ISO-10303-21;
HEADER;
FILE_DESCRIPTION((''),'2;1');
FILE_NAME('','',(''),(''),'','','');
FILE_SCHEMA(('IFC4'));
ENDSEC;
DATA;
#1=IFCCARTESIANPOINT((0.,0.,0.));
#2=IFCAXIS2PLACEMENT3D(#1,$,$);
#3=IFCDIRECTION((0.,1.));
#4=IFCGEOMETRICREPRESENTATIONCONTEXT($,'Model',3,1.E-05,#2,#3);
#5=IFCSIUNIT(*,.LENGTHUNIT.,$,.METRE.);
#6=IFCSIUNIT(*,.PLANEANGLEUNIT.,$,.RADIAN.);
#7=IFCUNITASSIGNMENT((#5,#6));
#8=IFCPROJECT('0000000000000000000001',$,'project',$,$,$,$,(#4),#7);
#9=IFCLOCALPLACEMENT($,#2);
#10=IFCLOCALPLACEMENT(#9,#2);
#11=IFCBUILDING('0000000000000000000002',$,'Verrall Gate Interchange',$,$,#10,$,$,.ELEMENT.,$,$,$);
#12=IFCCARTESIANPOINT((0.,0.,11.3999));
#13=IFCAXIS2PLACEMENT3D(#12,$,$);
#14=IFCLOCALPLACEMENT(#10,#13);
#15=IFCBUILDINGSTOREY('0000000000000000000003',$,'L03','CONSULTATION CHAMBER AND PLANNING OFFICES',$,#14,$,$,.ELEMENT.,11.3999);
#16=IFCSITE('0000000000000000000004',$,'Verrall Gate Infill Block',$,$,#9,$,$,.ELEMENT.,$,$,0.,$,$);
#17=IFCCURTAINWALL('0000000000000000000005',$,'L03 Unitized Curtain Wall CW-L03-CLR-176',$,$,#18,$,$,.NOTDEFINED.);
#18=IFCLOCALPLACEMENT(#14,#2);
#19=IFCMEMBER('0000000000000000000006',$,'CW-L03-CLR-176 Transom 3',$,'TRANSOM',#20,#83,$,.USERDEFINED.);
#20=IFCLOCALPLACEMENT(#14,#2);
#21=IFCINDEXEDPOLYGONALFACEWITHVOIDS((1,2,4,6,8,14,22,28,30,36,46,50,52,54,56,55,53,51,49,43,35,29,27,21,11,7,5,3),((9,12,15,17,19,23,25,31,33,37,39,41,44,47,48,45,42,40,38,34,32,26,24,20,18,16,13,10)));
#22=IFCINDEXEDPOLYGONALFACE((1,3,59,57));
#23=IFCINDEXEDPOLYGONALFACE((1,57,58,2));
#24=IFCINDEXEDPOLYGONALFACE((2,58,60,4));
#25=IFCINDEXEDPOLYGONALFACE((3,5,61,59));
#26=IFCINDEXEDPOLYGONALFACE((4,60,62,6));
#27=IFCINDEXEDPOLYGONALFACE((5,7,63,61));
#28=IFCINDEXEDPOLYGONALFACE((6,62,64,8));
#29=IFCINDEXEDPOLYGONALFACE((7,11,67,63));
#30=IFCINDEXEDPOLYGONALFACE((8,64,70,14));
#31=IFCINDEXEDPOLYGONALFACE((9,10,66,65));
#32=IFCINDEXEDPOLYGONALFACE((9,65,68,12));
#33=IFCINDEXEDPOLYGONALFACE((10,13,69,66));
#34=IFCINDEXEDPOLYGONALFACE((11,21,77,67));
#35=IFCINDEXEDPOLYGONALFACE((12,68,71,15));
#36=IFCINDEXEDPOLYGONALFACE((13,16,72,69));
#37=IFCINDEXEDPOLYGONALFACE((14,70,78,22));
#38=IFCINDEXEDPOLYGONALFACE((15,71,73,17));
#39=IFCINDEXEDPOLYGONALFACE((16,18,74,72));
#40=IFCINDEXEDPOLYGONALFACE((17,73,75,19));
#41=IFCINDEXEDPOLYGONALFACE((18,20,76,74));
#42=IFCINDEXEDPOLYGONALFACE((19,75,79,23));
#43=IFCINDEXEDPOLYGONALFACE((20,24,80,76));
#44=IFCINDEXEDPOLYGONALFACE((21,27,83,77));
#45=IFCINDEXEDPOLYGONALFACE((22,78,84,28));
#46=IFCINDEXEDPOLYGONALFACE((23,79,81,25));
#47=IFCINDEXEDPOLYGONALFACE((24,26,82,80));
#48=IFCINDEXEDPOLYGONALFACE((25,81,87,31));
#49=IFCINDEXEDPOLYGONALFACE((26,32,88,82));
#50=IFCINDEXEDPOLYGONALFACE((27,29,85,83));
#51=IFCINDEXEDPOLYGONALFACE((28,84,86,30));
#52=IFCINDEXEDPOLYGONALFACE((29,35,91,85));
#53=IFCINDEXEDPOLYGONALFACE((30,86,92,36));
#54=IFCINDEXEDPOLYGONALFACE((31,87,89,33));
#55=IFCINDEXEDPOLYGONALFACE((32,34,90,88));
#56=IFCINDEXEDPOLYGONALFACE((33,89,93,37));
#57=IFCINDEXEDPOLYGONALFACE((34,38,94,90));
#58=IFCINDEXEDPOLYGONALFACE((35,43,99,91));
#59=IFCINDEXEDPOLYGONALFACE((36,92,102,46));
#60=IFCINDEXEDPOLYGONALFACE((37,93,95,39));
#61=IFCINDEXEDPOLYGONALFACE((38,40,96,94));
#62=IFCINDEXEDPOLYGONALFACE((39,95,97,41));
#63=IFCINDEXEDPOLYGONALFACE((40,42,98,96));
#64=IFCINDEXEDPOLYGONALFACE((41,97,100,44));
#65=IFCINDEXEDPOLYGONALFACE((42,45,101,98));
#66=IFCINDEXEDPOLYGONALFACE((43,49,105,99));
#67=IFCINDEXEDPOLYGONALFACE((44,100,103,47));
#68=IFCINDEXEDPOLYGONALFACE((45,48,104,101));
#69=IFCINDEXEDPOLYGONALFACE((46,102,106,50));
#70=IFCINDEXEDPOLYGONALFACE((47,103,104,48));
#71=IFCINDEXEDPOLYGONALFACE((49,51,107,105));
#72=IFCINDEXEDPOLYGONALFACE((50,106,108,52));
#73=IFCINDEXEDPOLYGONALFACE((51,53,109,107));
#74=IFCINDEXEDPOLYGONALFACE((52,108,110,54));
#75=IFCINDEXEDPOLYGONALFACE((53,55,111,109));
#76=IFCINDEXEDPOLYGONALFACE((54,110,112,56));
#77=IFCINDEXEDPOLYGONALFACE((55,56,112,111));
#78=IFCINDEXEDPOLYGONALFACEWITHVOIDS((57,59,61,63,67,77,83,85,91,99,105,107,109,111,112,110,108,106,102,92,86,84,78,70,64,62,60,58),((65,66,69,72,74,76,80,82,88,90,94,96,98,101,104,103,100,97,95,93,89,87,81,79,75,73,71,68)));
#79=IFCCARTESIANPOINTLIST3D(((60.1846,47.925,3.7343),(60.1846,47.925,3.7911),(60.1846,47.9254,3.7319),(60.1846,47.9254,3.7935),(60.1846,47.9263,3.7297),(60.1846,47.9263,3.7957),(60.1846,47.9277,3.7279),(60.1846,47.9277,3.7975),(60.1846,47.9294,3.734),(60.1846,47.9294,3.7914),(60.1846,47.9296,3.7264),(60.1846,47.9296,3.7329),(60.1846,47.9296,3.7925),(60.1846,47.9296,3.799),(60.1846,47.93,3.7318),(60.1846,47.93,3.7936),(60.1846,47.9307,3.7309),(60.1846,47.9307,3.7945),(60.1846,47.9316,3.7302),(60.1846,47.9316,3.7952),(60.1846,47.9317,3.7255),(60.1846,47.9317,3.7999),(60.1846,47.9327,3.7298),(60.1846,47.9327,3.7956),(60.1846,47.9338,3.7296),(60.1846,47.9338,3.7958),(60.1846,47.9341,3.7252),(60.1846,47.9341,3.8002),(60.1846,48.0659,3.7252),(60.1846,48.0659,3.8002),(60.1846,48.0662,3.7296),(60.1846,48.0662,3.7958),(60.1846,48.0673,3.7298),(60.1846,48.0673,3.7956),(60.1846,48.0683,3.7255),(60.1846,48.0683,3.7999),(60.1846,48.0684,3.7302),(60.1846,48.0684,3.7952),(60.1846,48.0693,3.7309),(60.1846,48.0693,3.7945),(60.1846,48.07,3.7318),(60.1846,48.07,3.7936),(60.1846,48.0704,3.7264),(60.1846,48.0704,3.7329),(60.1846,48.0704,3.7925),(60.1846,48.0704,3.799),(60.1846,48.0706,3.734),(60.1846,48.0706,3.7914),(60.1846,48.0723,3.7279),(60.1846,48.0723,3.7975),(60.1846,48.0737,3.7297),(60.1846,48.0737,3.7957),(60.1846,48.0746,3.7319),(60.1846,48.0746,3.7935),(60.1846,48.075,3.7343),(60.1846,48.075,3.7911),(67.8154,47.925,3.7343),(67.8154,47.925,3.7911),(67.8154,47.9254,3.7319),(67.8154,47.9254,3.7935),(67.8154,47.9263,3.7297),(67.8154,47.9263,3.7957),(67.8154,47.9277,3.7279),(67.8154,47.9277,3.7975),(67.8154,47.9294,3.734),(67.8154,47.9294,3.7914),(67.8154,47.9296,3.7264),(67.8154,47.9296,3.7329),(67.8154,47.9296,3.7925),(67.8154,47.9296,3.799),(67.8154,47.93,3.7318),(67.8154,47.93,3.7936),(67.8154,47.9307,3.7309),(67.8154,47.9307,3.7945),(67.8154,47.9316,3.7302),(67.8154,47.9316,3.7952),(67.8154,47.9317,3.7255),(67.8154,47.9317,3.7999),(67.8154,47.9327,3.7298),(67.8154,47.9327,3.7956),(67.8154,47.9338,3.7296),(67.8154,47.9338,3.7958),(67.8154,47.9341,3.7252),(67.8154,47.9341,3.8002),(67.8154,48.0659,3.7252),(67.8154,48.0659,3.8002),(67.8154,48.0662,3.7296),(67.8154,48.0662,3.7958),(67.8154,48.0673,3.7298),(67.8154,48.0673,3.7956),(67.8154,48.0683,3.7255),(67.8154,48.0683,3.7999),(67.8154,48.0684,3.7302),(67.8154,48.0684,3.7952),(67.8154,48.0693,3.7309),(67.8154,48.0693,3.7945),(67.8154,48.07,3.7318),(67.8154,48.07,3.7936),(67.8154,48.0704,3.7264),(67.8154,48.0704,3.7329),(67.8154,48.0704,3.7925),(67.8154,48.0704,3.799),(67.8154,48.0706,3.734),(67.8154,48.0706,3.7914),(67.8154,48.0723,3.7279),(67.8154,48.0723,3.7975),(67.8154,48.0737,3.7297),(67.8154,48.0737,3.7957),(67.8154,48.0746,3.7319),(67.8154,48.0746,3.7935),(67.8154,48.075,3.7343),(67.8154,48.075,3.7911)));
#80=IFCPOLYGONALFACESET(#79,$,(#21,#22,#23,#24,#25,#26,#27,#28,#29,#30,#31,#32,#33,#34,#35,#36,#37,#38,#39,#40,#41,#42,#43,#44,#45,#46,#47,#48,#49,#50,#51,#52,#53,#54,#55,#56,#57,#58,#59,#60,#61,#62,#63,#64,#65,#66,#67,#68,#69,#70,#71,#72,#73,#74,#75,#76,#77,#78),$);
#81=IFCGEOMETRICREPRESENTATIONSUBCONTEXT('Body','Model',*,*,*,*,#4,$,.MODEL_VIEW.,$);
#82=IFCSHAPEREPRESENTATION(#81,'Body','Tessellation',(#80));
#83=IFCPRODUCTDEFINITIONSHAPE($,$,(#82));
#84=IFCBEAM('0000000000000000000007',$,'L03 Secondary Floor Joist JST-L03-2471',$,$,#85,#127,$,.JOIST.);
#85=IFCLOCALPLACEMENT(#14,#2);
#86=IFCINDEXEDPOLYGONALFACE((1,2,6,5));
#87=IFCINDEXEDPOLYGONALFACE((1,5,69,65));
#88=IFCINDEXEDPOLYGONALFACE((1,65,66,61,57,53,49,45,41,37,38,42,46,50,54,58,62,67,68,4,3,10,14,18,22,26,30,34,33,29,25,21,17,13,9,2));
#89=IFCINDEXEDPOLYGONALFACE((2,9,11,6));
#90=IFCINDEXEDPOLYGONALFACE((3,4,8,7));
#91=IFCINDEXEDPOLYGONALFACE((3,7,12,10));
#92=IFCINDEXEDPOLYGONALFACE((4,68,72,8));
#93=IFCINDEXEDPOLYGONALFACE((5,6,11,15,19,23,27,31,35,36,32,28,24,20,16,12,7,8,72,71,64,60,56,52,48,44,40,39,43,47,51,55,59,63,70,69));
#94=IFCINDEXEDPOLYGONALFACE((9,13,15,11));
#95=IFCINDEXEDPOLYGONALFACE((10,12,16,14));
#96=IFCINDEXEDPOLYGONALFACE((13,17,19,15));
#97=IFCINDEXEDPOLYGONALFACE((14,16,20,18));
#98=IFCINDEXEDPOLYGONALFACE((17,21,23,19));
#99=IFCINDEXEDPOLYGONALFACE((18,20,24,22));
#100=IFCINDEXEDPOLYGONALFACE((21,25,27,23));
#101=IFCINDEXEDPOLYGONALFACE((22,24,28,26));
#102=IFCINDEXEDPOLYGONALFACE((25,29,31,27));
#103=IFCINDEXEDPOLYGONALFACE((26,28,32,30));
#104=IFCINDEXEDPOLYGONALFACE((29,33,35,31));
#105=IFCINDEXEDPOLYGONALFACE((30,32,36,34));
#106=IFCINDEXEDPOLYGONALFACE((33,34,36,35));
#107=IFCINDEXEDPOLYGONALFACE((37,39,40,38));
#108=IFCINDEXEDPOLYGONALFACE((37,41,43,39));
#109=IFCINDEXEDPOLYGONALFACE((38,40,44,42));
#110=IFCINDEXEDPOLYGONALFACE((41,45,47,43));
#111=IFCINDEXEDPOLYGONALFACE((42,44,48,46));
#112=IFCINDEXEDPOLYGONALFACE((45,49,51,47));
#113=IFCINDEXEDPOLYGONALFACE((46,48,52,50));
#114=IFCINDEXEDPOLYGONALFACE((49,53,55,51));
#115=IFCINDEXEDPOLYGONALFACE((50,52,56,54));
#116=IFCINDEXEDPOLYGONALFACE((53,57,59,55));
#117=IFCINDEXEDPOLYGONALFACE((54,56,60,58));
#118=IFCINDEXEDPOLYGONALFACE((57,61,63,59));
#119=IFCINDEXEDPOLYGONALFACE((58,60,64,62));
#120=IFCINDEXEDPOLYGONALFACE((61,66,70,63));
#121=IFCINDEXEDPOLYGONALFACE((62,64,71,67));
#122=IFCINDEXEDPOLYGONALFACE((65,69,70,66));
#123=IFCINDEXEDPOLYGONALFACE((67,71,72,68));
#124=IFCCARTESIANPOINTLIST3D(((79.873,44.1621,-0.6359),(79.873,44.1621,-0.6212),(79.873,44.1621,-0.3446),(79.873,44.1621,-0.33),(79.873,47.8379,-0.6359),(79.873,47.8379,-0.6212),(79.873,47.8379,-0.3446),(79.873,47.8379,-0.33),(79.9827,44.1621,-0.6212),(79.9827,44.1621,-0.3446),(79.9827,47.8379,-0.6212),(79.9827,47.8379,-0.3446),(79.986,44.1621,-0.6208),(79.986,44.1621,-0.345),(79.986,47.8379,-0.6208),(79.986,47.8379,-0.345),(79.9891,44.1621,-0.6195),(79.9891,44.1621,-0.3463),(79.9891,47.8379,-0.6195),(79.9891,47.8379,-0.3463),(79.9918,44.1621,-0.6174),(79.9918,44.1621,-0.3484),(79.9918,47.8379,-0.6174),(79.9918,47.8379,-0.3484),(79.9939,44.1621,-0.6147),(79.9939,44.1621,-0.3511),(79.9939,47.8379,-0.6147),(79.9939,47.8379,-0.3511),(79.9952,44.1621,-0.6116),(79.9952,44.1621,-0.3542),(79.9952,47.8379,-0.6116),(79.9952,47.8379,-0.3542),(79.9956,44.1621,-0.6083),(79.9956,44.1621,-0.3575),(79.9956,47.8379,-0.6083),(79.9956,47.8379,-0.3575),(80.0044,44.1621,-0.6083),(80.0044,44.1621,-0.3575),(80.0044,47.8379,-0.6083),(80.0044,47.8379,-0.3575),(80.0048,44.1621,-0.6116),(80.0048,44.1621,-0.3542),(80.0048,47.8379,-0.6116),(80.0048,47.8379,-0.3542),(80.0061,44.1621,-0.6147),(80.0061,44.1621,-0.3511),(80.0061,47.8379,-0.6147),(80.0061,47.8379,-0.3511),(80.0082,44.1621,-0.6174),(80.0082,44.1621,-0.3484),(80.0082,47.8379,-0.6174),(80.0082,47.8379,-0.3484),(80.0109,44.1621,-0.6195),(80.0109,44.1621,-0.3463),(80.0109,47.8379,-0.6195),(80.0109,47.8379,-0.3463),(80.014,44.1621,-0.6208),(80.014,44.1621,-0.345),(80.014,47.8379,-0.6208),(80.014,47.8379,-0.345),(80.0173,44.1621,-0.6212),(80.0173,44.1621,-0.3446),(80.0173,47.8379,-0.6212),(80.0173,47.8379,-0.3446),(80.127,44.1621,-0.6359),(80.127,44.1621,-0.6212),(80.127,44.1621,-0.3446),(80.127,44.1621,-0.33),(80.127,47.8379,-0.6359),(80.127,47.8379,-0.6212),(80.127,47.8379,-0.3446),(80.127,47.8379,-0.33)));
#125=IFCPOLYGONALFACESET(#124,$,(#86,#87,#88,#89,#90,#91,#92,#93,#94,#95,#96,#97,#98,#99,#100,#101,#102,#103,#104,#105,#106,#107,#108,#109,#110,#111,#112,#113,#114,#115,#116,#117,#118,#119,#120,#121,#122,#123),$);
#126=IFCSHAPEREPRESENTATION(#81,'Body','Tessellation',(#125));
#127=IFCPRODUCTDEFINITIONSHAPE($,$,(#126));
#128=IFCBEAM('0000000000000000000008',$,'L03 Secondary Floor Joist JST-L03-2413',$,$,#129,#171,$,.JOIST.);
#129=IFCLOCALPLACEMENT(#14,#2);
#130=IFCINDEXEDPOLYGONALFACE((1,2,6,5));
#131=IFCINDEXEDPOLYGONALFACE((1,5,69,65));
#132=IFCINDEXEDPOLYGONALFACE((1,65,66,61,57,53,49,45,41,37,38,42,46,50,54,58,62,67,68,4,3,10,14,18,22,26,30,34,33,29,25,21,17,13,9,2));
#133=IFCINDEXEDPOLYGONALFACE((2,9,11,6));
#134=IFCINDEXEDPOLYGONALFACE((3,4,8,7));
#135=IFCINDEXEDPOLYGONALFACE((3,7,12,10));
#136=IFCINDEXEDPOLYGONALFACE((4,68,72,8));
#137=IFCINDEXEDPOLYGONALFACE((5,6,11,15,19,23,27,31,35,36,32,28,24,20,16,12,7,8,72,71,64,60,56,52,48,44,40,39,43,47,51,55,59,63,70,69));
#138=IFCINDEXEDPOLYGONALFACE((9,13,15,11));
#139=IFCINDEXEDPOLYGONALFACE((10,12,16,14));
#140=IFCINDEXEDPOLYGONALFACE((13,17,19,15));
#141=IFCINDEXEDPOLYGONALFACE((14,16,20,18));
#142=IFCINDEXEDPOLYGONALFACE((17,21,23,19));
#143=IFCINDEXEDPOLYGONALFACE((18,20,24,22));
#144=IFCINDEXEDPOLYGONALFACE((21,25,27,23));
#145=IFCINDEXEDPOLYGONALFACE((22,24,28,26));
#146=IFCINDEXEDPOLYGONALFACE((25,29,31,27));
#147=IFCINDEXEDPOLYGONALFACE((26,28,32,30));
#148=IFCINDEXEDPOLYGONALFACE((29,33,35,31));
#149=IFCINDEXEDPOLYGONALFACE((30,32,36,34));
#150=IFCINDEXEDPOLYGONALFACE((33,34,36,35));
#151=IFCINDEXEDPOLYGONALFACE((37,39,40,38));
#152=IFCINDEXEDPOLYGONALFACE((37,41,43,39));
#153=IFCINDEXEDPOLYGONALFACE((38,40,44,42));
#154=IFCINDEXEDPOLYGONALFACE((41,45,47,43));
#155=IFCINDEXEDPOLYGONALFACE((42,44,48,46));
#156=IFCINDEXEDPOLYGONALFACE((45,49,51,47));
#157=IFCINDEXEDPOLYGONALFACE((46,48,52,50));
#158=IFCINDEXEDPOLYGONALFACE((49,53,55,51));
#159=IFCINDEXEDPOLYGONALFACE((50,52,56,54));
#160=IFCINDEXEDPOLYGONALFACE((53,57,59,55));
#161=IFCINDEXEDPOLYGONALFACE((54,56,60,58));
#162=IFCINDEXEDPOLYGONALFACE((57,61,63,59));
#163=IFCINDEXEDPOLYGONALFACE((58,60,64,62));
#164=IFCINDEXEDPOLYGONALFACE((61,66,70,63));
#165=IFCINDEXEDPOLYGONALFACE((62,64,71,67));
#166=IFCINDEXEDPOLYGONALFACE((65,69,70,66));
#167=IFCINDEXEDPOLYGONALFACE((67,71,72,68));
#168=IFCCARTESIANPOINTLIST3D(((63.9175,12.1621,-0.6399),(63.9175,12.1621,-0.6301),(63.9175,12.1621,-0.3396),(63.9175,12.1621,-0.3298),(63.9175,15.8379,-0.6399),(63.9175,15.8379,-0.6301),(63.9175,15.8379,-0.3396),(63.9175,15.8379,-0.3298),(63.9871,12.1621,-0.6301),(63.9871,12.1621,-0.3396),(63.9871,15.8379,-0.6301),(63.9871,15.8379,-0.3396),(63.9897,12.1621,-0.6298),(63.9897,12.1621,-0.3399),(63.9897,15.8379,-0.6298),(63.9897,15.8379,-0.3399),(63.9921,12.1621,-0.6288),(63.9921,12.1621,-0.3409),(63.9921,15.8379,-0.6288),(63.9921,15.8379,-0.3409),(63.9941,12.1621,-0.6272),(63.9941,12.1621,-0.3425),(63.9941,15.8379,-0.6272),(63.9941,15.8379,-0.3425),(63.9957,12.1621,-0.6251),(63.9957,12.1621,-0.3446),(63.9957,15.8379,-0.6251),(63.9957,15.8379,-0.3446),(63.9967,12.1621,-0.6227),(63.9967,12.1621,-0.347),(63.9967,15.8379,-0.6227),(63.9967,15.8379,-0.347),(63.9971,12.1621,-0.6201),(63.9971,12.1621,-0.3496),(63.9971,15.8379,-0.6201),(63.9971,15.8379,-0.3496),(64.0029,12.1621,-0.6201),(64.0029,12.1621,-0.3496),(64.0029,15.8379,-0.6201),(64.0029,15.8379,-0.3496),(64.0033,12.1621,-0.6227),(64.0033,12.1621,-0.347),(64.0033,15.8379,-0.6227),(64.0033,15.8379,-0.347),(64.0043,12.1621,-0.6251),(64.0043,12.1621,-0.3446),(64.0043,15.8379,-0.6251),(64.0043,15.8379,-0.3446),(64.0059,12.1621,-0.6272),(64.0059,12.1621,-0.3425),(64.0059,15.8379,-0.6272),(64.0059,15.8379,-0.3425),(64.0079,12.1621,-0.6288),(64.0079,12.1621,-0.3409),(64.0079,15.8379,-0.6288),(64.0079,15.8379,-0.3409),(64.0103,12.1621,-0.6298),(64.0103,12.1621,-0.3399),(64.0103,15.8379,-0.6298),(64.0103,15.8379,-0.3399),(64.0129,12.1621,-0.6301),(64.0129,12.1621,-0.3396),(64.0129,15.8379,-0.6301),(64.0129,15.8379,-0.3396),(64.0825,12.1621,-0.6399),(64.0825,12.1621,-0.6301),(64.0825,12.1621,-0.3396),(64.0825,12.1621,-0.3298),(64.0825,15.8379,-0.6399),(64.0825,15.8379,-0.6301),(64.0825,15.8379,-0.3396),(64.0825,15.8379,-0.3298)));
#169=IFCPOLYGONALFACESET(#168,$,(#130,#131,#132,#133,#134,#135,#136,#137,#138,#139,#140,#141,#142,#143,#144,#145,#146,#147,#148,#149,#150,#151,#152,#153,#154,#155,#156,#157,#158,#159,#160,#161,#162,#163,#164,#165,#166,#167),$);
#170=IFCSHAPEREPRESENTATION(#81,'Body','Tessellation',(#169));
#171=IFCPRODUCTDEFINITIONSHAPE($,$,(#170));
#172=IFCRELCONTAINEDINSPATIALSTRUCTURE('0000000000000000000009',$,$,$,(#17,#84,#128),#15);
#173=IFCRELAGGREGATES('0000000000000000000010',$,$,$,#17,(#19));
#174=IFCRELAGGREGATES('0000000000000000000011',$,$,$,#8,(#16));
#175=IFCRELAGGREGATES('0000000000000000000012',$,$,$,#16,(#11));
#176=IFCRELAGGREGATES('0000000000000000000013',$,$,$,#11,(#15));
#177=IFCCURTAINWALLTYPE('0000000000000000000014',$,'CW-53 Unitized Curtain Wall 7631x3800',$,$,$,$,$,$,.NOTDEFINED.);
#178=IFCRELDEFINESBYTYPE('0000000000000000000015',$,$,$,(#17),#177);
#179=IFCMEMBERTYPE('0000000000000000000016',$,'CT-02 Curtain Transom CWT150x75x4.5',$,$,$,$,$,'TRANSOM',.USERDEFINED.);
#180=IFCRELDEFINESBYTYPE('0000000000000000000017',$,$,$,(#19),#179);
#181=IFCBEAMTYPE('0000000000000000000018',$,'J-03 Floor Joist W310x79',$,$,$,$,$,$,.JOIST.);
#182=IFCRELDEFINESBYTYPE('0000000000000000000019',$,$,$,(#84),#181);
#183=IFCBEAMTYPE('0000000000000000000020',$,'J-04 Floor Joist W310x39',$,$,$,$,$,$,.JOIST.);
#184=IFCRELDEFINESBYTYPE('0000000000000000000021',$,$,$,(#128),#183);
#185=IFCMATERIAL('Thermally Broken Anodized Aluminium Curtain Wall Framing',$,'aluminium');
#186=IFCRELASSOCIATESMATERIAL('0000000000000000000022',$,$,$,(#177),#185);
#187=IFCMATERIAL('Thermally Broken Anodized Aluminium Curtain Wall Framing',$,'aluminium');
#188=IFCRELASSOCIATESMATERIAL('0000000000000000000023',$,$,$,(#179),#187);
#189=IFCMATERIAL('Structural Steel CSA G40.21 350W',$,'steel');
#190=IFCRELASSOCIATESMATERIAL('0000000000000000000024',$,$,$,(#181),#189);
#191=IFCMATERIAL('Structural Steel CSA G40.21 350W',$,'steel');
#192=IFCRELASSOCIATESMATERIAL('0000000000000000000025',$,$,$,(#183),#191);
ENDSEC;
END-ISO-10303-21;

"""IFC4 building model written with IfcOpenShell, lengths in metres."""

from ifc_helpers import new_model, si_unit, direction, frame, origin, origin_2d, place, context, subcontext, project, spatial, hollow_rectangle, i_section, extrude, material, material_profile, profile_set, type_object, element, aggregate, save


model = new_model("IFC4")

# Units and contexts
model_context = context("Model", 3, precision=1e-05, world=origin(), true_north=direction((0.0, 1.0)))
body_context = subcontext(model_context, "Body", "Model", "MODEL_VIEW")
ifc_project = project(units=[si_unit("LENGTHUNIT", "METRE"), si_unit("PLANEANGLEUNIT", "RADIAN")], contexts=[model_context])

# Site, building, storey
site_placement = place(None, origin())
site = spatial("IfcSite", under=ifc_project, at=site_placement, Name="Verrall Gate Infill Block", CompositionType="ELEMENT", RefElevation=0.0)
building_placement = place(site_placement, origin())
building = spatial("IfcBuilding", under=site, at=building_placement, Name="Verrall Gate Interchange", CompositionType="ELEMENT")
storey_placement = place(building_placement, frame((0.0, 0.0, 11.3999)))
storey = spatial("IfcBuildingStorey", under=building, at=storey_placement, Name="L03", Description="CONSULTATION CHAMBER AND PLANNING OFFICES", CompositionType="ELEMENT", Elevation=11.3999)

# Curtain wall, member
ifc_material_1 = material(Name="Thermally Broken Anodized Aluminium Curtain Wall Framing", Category="aluminium")
curtain_wall_type = type_object("IfcCurtainWallType", Name="CW-53 Unitized Curtain Wall 7631x3800", PredefinedType="NOTDEFINED", material=ifc_material_1)
curtain_wall_1_placement = place(storey_placement, origin())
curtain_wall_1 = element("IfcCurtainWall", 1, at=curtain_wall_1_placement, inside=storey, type_object=curtain_wall_type, Name="L03 Unitized Curtain Wall CW-L03-CLR-176", PredefinedType="NOTDEFINED")
ifc_material_2 = material(Name="Thermally Broken Anodized Aluminium Curtain Wall Framing", Category="aluminium")
ifc_material_profile_1 = material_profile(ifc_material_2, hollow_rectangle(XDim=0.1499, YDim=0.075, WallThickness=0.0044, InnerFilletRadius=0.0044, OuterFilletRadius=0.009, at=origin_2d()), Name="CWT150x75x4.5")
ifc_profile_set_1 = profile_set([ifc_material_profile_1], Name="Thermally Broken Anodized Aluminium Curtain Wall Framing")
member_type_1 = type_object("IfcMemberType", Name="CT-02 Curtain Transom CWT150x75x4.5", ElementType="TRANSOM", PredefinedType="USERDEFINED", material=ifc_profile_set_1)
member_1_placement = place(storey_placement, frame((60.1846, 48.0, 3.7627), z_axis=(1.0, 0.0, 0.0), x_axis=(0.0, 1.0, 0.0)))
member_1 = element("IfcMember", 2, at=member_1_placement, type_object=member_type_1, Name="CW-L03-CLR-176 Transom 3", ObjectType="TRANSOM", PredefinedType="USERDEFINED", context=body_context, shape_type="SweptSolid", body=[
    extrude(hollow_rectangle(XDim=0.1499, YDim=0.075, WallThickness=0.0044, InnerFilletRadius=0.0044, OuterFilletRadius=0.009, at=origin_2d()), origin(), (0.0, 0.0, 1.0), 7.6309),
])

# Beams
ifc_material_3 = material(Name="Structural Steel CSA G40.21 350W", Category="steel")
ifc_material_profile_2 = material_profile(ifc_material_3, i_section(OverallWidth=0.2539, OverallDepth=0.3059, WebThickness=0.0088, FlangeThickness=0.0146, FilletRadius=0.0129, at=origin_2d()), Name="W310x79")
ifc_profile_set_2 = profile_set([ifc_material_profile_2], Name="Structural Steel CSA G40.21 350W")
beam_type_1 = type_object("IfcBeamType", Name="J-03 Floor Joist W310x79", PredefinedType="JOIST", material=ifc_profile_set_2)
beam_1_placement = place(storey_placement, frame((80.0, 44.1621, -0.4829), z_axis=(0.0, 1.0, 0.0), x_axis=(-1.0, 0.0, 0.0)))
element("IfcBeam", 3, at=beam_1_placement, inside=storey, type_object=beam_type_1, Name="L03 Secondary Floor Joist JST-L03-2471", PredefinedType="JOIST", context=body_context, shape_type="SweptSolid", body=[
    extrude(i_section(OverallWidth=0.2539, OverallDepth=0.3059, WebThickness=0.0088, FlangeThickness=0.0146, FilletRadius=0.0129, at=origin_2d()), origin(), (0.0, 0.0, 1.0), 3.6758),
])
ifc_material_4 = material(Name="Structural Steel CSA G40.21 350W", Category="steel")
ifc_material_profile_3 = material_profile(ifc_material_4, i_section(OverallWidth=0.165, OverallDepth=0.3101, WebThickness=0.0059, FlangeThickness=0.0098, FilletRadius=0.01, at=origin_2d()), Name="W310x39")
ifc_profile_set_3 = profile_set([ifc_material_profile_3], Name="Structural Steel CSA G40.21 350W")
beam_type_2 = type_object("IfcBeamType", Name="J-04 Floor Joist W310x39", PredefinedType="JOIST", material=ifc_profile_set_3)
for number, where, z_axis, x_axis, name in (
    (4, (64.0, 12.1621, -0.4849), (0.0, 1.0, 0.0), (-1.0, 0.0, 0.0), "L03 Secondary Floor Joist JST-L03-2413"),
):
    element("IfcBeam", number, at=place(storey_placement, frame(where, z_axis=z_axis, x_axis=x_axis)), inside=storey, type_object=beam_type_2, Name=name, PredefinedType="JOIST", context=body_context, shape_type="SweptSolid", body=[
        extrude(i_section(OverallWidth=0.165, OverallDepth=0.3101, WebThickness=0.0059, FlangeThickness=0.0098, FilletRadius=0.01, at=origin_2d()), origin(), (0.0, 0.0, 1.0), 3.6758),
    ])

aggregate(curtain_wall_1, [member_1])

save(model, "model.ifc")
